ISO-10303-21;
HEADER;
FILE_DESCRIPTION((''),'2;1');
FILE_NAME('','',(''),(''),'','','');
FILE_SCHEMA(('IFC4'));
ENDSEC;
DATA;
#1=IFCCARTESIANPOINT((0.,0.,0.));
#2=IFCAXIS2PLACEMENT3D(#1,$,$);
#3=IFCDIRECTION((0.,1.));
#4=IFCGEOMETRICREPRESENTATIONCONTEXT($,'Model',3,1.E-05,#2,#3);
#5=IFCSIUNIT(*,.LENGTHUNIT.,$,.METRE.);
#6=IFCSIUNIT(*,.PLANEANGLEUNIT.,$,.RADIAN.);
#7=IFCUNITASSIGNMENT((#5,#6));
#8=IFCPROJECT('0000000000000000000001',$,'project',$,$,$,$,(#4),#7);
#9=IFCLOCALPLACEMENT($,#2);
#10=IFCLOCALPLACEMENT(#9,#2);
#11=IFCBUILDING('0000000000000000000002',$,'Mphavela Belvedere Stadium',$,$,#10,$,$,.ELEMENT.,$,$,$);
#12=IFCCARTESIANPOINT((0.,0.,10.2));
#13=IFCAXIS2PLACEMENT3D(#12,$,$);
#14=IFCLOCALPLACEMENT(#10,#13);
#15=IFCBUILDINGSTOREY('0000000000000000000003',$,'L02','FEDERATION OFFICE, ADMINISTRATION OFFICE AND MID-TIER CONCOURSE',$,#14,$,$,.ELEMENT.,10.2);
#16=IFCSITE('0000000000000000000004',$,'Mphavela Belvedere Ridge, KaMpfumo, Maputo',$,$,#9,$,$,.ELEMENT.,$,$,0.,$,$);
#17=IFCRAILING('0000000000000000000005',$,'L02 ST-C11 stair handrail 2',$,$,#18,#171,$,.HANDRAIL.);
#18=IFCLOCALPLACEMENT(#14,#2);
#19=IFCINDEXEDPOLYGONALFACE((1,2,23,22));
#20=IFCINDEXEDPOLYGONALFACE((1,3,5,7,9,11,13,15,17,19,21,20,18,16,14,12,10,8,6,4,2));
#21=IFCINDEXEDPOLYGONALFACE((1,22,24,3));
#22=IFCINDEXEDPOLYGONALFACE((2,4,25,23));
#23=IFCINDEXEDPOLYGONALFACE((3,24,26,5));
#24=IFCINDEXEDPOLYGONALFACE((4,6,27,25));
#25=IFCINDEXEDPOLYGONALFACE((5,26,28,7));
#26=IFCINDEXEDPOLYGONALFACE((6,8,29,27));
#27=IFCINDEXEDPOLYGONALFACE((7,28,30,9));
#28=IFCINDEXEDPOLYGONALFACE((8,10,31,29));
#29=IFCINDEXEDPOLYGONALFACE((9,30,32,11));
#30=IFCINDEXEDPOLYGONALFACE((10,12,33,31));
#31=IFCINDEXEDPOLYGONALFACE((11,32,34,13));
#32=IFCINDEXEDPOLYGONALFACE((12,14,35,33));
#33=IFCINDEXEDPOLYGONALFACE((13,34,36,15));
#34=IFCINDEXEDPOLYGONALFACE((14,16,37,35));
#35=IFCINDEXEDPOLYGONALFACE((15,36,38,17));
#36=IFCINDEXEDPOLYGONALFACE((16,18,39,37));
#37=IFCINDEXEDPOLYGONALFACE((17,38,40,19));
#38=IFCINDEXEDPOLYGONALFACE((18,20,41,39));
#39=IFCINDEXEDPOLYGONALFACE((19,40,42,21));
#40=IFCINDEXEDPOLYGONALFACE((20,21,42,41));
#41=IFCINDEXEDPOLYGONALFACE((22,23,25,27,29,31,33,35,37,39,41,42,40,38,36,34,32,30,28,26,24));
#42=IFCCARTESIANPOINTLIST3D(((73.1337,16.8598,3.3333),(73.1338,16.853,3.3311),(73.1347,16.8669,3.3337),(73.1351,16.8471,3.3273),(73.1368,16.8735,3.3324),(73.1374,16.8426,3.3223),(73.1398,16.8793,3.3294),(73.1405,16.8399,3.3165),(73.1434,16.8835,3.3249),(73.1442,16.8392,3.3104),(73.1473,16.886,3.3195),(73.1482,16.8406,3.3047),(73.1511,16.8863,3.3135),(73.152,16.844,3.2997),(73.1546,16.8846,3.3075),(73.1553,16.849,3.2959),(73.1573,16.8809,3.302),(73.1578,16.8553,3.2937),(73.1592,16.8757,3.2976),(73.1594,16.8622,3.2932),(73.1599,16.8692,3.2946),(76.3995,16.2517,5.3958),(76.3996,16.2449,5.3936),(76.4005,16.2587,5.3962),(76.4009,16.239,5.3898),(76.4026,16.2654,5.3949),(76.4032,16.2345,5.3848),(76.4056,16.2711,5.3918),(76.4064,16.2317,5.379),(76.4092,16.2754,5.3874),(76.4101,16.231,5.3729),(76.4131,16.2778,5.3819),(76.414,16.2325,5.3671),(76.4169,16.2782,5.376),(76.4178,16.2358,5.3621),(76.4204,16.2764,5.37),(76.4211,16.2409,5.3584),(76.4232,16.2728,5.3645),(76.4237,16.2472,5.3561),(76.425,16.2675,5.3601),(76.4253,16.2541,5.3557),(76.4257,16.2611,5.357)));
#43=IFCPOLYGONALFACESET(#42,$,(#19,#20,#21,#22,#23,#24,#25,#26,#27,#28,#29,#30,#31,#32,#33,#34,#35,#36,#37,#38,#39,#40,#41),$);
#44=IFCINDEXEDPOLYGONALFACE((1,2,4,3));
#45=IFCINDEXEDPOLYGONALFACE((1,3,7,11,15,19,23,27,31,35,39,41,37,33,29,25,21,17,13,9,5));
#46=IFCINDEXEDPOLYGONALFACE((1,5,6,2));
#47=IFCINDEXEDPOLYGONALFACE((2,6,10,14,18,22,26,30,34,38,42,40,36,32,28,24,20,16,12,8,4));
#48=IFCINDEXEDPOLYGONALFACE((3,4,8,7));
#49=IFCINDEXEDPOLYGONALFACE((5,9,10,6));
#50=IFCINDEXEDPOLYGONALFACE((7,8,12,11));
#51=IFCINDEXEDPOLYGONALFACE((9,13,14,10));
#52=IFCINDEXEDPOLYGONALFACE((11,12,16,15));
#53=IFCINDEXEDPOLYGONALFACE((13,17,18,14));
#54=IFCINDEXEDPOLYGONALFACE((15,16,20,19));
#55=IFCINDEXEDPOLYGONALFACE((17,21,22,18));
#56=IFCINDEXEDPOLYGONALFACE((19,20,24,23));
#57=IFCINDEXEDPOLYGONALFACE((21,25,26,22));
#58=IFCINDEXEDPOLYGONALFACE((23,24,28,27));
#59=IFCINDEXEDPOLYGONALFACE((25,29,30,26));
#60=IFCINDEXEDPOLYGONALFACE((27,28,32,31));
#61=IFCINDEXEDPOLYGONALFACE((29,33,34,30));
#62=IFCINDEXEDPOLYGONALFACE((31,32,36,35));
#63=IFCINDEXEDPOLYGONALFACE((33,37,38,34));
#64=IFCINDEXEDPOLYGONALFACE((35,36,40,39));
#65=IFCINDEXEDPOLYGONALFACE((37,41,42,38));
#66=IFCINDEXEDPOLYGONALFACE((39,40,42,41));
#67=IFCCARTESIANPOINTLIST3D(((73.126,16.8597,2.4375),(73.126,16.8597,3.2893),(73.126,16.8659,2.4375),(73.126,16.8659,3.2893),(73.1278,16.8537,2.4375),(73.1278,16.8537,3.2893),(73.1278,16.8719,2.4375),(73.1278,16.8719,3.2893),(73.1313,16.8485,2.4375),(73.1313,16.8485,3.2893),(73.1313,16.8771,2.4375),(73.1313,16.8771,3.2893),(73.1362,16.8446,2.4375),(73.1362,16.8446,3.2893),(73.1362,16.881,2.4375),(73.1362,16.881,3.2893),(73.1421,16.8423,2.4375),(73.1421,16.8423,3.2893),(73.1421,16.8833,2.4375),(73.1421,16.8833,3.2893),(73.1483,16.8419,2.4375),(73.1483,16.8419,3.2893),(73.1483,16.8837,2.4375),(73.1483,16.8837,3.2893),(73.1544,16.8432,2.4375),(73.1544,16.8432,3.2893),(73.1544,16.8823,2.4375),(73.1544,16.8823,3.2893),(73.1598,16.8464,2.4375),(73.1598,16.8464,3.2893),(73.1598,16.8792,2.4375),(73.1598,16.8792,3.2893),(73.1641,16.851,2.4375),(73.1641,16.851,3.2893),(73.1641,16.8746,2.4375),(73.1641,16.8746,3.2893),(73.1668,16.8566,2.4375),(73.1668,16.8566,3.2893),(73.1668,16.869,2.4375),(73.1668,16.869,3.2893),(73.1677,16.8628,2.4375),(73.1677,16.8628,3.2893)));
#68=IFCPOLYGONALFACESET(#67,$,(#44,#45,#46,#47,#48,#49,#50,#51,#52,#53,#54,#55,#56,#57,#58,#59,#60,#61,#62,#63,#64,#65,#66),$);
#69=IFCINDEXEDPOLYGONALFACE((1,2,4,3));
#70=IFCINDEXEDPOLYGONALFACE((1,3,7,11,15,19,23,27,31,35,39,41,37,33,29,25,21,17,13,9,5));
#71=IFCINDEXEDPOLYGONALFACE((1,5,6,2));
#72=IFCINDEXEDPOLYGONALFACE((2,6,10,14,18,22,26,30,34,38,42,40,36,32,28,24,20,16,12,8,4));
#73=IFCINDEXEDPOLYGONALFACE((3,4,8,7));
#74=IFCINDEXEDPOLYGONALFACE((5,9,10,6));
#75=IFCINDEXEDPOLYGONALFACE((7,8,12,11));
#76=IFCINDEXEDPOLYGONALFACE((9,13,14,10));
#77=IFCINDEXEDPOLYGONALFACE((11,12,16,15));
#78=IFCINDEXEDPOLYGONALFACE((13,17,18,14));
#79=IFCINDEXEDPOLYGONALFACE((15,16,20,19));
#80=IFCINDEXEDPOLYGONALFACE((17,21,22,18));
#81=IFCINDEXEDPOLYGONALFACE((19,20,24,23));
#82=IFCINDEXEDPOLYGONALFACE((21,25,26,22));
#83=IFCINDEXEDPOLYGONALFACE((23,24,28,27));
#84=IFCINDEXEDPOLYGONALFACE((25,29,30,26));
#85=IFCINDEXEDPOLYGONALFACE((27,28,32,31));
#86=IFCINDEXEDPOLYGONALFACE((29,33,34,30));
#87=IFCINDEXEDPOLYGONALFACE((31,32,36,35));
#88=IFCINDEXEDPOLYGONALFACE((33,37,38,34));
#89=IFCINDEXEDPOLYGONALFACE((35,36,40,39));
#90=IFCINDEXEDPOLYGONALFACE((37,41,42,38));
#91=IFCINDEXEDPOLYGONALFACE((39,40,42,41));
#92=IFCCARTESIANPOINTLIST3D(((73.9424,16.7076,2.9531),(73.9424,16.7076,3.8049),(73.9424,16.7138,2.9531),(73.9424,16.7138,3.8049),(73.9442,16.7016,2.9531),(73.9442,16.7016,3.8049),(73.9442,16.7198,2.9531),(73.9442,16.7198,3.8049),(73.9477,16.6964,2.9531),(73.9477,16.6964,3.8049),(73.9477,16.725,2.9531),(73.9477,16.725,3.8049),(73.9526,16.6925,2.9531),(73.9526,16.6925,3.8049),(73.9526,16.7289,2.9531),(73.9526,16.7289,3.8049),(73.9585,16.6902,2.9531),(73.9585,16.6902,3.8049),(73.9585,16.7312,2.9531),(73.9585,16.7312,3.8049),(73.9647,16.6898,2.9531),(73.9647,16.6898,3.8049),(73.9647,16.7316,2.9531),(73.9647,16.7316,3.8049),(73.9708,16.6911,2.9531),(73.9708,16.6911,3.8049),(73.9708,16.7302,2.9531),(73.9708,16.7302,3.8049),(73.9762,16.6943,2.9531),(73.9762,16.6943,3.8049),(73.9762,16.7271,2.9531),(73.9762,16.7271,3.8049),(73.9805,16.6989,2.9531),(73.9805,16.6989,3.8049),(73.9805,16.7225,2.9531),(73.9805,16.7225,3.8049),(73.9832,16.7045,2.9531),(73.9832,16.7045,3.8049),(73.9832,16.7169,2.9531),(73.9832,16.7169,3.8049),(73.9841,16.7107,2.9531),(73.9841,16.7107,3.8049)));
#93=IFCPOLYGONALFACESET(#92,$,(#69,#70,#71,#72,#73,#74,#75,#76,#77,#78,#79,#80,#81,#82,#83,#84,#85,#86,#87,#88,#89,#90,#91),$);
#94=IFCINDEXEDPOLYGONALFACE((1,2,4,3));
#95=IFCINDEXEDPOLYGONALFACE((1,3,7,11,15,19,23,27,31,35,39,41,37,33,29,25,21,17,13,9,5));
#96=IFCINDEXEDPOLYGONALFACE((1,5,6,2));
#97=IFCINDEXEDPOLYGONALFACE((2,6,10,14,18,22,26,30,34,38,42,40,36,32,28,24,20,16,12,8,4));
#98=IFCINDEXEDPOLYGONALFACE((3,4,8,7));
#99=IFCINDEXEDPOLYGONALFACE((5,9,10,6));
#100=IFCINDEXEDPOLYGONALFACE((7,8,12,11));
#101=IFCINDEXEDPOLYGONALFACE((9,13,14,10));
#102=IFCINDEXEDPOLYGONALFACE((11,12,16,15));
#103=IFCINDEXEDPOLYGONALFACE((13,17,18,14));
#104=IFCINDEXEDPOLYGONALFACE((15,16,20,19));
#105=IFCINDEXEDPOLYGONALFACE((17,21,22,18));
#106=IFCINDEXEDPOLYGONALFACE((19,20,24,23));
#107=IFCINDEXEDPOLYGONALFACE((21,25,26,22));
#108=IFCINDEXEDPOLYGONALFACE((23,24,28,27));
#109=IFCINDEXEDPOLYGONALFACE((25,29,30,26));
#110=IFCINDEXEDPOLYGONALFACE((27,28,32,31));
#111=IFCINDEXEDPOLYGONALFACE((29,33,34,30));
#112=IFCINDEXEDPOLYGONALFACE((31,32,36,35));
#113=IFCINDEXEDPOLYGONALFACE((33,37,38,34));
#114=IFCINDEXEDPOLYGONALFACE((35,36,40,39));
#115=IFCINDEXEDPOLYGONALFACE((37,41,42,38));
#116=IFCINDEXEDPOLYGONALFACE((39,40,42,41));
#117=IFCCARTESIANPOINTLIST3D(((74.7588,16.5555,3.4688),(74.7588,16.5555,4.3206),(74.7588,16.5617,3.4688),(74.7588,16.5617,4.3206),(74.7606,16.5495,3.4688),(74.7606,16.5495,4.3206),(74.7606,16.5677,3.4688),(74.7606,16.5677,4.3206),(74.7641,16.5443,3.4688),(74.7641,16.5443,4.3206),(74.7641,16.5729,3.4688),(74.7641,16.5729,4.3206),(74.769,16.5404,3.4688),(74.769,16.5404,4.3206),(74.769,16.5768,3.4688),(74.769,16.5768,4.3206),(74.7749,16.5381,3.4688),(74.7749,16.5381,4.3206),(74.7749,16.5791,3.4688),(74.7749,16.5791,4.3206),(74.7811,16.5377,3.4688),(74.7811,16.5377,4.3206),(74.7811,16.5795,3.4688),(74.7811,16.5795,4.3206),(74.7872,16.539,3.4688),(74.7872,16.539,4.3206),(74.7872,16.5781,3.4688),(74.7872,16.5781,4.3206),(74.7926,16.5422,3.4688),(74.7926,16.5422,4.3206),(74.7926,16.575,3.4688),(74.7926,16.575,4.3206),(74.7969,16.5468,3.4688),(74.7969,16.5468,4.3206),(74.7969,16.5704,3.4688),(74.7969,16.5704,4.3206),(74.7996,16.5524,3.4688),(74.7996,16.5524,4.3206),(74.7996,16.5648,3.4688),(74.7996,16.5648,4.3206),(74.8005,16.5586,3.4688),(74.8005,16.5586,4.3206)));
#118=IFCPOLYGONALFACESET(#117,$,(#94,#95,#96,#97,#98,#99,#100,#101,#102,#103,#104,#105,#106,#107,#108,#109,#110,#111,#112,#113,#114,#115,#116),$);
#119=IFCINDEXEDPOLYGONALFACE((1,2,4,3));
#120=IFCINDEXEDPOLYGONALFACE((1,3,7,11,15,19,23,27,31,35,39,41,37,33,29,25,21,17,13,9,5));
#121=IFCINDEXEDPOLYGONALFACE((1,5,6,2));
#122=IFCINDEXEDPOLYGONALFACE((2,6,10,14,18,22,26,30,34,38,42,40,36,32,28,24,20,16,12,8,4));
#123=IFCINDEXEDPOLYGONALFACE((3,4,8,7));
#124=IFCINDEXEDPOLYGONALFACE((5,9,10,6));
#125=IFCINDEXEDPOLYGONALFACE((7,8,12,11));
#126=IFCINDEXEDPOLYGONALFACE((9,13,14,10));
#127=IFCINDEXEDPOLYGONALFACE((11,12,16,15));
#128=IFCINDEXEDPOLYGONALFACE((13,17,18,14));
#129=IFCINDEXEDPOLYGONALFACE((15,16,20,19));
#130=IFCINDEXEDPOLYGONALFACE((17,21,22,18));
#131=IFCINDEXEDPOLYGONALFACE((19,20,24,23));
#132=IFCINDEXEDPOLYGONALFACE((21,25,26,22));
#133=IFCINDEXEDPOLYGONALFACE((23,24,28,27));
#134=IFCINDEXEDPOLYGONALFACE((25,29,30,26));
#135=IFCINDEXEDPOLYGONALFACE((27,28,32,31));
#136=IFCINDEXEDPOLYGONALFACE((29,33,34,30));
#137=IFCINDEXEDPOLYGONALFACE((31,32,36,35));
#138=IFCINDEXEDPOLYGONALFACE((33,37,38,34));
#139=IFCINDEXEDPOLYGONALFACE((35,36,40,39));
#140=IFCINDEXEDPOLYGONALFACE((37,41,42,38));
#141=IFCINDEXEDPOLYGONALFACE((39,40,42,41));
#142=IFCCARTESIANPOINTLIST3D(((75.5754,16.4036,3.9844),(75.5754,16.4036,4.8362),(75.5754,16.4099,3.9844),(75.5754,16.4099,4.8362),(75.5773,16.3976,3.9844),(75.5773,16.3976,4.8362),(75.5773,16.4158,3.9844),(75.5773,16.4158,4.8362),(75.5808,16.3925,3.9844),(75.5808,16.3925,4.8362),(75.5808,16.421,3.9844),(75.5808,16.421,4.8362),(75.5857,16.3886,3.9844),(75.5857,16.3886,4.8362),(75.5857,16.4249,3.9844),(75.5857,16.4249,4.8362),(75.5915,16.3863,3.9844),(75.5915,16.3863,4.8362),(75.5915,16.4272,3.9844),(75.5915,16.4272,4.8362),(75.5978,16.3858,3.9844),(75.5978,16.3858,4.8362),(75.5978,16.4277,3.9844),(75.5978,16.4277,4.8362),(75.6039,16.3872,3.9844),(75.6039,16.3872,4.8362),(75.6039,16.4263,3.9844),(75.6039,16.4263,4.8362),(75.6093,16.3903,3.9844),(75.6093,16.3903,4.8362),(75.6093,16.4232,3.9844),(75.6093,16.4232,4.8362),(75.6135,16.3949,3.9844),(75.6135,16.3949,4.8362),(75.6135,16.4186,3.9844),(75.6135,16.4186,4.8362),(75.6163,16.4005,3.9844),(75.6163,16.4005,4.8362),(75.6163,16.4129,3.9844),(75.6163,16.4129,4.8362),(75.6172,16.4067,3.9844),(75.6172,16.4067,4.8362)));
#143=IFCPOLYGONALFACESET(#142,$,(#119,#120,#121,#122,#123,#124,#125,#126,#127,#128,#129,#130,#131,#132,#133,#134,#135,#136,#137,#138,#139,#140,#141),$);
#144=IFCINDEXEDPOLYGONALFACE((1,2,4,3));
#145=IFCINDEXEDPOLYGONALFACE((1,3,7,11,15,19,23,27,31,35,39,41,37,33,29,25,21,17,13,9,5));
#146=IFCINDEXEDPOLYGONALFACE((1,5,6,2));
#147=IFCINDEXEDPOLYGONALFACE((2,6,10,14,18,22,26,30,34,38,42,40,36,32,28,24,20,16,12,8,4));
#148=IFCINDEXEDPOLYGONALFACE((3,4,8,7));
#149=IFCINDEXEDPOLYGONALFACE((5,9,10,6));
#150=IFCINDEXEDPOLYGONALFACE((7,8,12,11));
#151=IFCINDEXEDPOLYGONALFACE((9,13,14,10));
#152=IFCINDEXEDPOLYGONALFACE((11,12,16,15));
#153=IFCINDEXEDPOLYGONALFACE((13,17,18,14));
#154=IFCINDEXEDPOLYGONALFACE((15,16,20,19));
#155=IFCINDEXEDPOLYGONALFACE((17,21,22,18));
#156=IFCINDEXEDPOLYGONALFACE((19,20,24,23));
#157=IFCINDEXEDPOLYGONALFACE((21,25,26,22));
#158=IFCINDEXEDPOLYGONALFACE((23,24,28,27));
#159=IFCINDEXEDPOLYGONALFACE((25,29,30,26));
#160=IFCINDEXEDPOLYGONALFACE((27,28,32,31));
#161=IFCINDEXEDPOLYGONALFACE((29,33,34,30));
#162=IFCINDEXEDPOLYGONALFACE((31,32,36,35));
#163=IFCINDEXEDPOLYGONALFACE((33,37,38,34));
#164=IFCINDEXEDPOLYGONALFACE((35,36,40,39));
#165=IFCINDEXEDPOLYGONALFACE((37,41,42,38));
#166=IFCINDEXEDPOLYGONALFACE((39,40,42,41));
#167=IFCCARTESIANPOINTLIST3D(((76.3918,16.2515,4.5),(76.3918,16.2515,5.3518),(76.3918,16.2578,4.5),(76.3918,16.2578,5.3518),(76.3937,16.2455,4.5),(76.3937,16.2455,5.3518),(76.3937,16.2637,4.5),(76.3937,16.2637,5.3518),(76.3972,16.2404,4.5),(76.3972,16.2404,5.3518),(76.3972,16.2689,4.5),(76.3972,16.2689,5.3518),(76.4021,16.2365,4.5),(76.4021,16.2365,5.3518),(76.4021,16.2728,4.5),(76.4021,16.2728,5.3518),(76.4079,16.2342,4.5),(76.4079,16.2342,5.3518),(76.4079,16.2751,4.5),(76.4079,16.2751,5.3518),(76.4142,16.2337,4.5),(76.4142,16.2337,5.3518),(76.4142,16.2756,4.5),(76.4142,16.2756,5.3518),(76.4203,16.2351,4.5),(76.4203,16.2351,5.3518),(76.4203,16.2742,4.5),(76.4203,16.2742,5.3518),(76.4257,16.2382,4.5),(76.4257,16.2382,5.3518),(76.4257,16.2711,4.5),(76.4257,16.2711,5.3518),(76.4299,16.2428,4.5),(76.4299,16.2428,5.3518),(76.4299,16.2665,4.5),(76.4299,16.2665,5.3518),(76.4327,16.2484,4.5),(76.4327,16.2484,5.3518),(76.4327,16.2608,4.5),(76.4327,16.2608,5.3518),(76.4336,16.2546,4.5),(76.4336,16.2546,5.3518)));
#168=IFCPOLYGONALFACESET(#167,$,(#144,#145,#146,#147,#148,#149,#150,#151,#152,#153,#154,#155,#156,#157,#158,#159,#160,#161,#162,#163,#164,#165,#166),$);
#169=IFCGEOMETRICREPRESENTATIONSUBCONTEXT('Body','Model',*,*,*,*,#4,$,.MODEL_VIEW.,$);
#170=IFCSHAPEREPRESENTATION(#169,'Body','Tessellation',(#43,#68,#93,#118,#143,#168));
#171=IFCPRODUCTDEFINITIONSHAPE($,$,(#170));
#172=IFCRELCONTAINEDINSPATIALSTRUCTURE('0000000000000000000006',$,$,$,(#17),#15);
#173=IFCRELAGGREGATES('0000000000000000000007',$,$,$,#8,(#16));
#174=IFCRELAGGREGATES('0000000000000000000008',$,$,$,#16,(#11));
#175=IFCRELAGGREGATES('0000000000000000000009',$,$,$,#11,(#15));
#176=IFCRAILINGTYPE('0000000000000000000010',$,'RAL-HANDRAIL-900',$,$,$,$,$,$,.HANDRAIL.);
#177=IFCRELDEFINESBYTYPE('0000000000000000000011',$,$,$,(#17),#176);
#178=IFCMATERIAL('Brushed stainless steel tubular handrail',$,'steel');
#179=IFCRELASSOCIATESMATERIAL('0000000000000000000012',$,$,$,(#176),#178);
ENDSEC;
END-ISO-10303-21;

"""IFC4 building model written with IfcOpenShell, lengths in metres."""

from ifc_helpers import new_model, si_unit, direction, frame, origin, origin_2d, place, context, subcontext, project, spatial, circle, extrude, material, type_object, element, save


model = new_model("IFC4")

# Units and contexts
model_context = context("Model", 3, precision=1e-05, world=origin(), true_north=direction((0.0, 1.0)))
body_context = subcontext(model_context, "Body", "Model", "MODEL_VIEW")
ifc_project = project(units=[si_unit("LENGTHUNIT", "METRE"), si_unit("PLANEANGLEUNIT", "RADIAN")], contexts=[model_context])

# Site, building, storey
site_placement = place(None, origin())
site = spatial("IfcSite", under=ifc_project, at=site_placement, Name="Mphavela Belvedere Ridge, KaMpfumo, Maputo", CompositionType="ELEMENT", RefElevation=0.0)
building_placement = place(site_placement, origin())
building = spatial("IfcBuilding", under=site, at=building_placement, Name="Mphavela Belvedere Stadium", CompositionType="ELEMENT")
storey_placement = place(building_placement, frame((0.0, 0.0, 10.2)))
storey = spatial("IfcBuildingStorey", under=building, at=storey_placement, Name="L02", Description="FEDERATION OFFICE, ADMINISTRATION OFFICE AND MID-TIER CONCOURSE", CompositionType="ELEMENT", Elevation=10.2)

# Railing
ifc_material_1 = material(Name="Brushed stainless steel tubular handrail", Category="steel")
railing_type_1 = type_object("IfcRailingType", Name="RAL-HANDRAIL-900", PredefinedType="HANDRAIL", material=ifc_material_1)
railing_1_placement = place(storey_placement, frame((73.1467, 16.8628, 2.4375)))
element("IfcRailing", 1, at=railing_1_placement, inside=storey, type_object=railing_type_1, Name="L02 ST-C11 stair handrail 2", PredefinedType="HANDRAIL", context=body_context, shape_type="SweptSolid", body=[
    extrude(circle(Radius=0.0239, at=origin_2d()), frame((0.0, 0.0, 0.876), z_axis=(0.835218, -0.15553, 0.527467), x_axis=(0.183068, 0.9831, 0.0)), (0.0, 0.0, 1.0), 3.9102),
    extrude(circle(Radius=0.021, at=origin_2d()), origin(), (0.0, 0.0, 1.0), 0.8518),
    extrude(circle(Radius=0.021, at=origin_2d()), frame((0.8164, -0.1521, 0.5156)), (0.0, 0.0, 1.0), 0.8518),
    extrude(circle(Radius=0.021, at=origin_2d()), frame((1.6328, -0.3042, 1.0312)), (0.0, 0.0, 1.0), 0.8518),
    extrude(circle(Radius=0.021, at=origin_2d()), frame((2.4495, -0.4561, 1.5469)), (0.0, 0.0, 1.0), 0.8518),
    extrude(circle(Radius=0.021, at=origin_2d()), frame((3.2659, -0.6082, 2.0625)), (0.0, 0.0, 1.0), 0.8518),
])

save(model, "model.ifc")
